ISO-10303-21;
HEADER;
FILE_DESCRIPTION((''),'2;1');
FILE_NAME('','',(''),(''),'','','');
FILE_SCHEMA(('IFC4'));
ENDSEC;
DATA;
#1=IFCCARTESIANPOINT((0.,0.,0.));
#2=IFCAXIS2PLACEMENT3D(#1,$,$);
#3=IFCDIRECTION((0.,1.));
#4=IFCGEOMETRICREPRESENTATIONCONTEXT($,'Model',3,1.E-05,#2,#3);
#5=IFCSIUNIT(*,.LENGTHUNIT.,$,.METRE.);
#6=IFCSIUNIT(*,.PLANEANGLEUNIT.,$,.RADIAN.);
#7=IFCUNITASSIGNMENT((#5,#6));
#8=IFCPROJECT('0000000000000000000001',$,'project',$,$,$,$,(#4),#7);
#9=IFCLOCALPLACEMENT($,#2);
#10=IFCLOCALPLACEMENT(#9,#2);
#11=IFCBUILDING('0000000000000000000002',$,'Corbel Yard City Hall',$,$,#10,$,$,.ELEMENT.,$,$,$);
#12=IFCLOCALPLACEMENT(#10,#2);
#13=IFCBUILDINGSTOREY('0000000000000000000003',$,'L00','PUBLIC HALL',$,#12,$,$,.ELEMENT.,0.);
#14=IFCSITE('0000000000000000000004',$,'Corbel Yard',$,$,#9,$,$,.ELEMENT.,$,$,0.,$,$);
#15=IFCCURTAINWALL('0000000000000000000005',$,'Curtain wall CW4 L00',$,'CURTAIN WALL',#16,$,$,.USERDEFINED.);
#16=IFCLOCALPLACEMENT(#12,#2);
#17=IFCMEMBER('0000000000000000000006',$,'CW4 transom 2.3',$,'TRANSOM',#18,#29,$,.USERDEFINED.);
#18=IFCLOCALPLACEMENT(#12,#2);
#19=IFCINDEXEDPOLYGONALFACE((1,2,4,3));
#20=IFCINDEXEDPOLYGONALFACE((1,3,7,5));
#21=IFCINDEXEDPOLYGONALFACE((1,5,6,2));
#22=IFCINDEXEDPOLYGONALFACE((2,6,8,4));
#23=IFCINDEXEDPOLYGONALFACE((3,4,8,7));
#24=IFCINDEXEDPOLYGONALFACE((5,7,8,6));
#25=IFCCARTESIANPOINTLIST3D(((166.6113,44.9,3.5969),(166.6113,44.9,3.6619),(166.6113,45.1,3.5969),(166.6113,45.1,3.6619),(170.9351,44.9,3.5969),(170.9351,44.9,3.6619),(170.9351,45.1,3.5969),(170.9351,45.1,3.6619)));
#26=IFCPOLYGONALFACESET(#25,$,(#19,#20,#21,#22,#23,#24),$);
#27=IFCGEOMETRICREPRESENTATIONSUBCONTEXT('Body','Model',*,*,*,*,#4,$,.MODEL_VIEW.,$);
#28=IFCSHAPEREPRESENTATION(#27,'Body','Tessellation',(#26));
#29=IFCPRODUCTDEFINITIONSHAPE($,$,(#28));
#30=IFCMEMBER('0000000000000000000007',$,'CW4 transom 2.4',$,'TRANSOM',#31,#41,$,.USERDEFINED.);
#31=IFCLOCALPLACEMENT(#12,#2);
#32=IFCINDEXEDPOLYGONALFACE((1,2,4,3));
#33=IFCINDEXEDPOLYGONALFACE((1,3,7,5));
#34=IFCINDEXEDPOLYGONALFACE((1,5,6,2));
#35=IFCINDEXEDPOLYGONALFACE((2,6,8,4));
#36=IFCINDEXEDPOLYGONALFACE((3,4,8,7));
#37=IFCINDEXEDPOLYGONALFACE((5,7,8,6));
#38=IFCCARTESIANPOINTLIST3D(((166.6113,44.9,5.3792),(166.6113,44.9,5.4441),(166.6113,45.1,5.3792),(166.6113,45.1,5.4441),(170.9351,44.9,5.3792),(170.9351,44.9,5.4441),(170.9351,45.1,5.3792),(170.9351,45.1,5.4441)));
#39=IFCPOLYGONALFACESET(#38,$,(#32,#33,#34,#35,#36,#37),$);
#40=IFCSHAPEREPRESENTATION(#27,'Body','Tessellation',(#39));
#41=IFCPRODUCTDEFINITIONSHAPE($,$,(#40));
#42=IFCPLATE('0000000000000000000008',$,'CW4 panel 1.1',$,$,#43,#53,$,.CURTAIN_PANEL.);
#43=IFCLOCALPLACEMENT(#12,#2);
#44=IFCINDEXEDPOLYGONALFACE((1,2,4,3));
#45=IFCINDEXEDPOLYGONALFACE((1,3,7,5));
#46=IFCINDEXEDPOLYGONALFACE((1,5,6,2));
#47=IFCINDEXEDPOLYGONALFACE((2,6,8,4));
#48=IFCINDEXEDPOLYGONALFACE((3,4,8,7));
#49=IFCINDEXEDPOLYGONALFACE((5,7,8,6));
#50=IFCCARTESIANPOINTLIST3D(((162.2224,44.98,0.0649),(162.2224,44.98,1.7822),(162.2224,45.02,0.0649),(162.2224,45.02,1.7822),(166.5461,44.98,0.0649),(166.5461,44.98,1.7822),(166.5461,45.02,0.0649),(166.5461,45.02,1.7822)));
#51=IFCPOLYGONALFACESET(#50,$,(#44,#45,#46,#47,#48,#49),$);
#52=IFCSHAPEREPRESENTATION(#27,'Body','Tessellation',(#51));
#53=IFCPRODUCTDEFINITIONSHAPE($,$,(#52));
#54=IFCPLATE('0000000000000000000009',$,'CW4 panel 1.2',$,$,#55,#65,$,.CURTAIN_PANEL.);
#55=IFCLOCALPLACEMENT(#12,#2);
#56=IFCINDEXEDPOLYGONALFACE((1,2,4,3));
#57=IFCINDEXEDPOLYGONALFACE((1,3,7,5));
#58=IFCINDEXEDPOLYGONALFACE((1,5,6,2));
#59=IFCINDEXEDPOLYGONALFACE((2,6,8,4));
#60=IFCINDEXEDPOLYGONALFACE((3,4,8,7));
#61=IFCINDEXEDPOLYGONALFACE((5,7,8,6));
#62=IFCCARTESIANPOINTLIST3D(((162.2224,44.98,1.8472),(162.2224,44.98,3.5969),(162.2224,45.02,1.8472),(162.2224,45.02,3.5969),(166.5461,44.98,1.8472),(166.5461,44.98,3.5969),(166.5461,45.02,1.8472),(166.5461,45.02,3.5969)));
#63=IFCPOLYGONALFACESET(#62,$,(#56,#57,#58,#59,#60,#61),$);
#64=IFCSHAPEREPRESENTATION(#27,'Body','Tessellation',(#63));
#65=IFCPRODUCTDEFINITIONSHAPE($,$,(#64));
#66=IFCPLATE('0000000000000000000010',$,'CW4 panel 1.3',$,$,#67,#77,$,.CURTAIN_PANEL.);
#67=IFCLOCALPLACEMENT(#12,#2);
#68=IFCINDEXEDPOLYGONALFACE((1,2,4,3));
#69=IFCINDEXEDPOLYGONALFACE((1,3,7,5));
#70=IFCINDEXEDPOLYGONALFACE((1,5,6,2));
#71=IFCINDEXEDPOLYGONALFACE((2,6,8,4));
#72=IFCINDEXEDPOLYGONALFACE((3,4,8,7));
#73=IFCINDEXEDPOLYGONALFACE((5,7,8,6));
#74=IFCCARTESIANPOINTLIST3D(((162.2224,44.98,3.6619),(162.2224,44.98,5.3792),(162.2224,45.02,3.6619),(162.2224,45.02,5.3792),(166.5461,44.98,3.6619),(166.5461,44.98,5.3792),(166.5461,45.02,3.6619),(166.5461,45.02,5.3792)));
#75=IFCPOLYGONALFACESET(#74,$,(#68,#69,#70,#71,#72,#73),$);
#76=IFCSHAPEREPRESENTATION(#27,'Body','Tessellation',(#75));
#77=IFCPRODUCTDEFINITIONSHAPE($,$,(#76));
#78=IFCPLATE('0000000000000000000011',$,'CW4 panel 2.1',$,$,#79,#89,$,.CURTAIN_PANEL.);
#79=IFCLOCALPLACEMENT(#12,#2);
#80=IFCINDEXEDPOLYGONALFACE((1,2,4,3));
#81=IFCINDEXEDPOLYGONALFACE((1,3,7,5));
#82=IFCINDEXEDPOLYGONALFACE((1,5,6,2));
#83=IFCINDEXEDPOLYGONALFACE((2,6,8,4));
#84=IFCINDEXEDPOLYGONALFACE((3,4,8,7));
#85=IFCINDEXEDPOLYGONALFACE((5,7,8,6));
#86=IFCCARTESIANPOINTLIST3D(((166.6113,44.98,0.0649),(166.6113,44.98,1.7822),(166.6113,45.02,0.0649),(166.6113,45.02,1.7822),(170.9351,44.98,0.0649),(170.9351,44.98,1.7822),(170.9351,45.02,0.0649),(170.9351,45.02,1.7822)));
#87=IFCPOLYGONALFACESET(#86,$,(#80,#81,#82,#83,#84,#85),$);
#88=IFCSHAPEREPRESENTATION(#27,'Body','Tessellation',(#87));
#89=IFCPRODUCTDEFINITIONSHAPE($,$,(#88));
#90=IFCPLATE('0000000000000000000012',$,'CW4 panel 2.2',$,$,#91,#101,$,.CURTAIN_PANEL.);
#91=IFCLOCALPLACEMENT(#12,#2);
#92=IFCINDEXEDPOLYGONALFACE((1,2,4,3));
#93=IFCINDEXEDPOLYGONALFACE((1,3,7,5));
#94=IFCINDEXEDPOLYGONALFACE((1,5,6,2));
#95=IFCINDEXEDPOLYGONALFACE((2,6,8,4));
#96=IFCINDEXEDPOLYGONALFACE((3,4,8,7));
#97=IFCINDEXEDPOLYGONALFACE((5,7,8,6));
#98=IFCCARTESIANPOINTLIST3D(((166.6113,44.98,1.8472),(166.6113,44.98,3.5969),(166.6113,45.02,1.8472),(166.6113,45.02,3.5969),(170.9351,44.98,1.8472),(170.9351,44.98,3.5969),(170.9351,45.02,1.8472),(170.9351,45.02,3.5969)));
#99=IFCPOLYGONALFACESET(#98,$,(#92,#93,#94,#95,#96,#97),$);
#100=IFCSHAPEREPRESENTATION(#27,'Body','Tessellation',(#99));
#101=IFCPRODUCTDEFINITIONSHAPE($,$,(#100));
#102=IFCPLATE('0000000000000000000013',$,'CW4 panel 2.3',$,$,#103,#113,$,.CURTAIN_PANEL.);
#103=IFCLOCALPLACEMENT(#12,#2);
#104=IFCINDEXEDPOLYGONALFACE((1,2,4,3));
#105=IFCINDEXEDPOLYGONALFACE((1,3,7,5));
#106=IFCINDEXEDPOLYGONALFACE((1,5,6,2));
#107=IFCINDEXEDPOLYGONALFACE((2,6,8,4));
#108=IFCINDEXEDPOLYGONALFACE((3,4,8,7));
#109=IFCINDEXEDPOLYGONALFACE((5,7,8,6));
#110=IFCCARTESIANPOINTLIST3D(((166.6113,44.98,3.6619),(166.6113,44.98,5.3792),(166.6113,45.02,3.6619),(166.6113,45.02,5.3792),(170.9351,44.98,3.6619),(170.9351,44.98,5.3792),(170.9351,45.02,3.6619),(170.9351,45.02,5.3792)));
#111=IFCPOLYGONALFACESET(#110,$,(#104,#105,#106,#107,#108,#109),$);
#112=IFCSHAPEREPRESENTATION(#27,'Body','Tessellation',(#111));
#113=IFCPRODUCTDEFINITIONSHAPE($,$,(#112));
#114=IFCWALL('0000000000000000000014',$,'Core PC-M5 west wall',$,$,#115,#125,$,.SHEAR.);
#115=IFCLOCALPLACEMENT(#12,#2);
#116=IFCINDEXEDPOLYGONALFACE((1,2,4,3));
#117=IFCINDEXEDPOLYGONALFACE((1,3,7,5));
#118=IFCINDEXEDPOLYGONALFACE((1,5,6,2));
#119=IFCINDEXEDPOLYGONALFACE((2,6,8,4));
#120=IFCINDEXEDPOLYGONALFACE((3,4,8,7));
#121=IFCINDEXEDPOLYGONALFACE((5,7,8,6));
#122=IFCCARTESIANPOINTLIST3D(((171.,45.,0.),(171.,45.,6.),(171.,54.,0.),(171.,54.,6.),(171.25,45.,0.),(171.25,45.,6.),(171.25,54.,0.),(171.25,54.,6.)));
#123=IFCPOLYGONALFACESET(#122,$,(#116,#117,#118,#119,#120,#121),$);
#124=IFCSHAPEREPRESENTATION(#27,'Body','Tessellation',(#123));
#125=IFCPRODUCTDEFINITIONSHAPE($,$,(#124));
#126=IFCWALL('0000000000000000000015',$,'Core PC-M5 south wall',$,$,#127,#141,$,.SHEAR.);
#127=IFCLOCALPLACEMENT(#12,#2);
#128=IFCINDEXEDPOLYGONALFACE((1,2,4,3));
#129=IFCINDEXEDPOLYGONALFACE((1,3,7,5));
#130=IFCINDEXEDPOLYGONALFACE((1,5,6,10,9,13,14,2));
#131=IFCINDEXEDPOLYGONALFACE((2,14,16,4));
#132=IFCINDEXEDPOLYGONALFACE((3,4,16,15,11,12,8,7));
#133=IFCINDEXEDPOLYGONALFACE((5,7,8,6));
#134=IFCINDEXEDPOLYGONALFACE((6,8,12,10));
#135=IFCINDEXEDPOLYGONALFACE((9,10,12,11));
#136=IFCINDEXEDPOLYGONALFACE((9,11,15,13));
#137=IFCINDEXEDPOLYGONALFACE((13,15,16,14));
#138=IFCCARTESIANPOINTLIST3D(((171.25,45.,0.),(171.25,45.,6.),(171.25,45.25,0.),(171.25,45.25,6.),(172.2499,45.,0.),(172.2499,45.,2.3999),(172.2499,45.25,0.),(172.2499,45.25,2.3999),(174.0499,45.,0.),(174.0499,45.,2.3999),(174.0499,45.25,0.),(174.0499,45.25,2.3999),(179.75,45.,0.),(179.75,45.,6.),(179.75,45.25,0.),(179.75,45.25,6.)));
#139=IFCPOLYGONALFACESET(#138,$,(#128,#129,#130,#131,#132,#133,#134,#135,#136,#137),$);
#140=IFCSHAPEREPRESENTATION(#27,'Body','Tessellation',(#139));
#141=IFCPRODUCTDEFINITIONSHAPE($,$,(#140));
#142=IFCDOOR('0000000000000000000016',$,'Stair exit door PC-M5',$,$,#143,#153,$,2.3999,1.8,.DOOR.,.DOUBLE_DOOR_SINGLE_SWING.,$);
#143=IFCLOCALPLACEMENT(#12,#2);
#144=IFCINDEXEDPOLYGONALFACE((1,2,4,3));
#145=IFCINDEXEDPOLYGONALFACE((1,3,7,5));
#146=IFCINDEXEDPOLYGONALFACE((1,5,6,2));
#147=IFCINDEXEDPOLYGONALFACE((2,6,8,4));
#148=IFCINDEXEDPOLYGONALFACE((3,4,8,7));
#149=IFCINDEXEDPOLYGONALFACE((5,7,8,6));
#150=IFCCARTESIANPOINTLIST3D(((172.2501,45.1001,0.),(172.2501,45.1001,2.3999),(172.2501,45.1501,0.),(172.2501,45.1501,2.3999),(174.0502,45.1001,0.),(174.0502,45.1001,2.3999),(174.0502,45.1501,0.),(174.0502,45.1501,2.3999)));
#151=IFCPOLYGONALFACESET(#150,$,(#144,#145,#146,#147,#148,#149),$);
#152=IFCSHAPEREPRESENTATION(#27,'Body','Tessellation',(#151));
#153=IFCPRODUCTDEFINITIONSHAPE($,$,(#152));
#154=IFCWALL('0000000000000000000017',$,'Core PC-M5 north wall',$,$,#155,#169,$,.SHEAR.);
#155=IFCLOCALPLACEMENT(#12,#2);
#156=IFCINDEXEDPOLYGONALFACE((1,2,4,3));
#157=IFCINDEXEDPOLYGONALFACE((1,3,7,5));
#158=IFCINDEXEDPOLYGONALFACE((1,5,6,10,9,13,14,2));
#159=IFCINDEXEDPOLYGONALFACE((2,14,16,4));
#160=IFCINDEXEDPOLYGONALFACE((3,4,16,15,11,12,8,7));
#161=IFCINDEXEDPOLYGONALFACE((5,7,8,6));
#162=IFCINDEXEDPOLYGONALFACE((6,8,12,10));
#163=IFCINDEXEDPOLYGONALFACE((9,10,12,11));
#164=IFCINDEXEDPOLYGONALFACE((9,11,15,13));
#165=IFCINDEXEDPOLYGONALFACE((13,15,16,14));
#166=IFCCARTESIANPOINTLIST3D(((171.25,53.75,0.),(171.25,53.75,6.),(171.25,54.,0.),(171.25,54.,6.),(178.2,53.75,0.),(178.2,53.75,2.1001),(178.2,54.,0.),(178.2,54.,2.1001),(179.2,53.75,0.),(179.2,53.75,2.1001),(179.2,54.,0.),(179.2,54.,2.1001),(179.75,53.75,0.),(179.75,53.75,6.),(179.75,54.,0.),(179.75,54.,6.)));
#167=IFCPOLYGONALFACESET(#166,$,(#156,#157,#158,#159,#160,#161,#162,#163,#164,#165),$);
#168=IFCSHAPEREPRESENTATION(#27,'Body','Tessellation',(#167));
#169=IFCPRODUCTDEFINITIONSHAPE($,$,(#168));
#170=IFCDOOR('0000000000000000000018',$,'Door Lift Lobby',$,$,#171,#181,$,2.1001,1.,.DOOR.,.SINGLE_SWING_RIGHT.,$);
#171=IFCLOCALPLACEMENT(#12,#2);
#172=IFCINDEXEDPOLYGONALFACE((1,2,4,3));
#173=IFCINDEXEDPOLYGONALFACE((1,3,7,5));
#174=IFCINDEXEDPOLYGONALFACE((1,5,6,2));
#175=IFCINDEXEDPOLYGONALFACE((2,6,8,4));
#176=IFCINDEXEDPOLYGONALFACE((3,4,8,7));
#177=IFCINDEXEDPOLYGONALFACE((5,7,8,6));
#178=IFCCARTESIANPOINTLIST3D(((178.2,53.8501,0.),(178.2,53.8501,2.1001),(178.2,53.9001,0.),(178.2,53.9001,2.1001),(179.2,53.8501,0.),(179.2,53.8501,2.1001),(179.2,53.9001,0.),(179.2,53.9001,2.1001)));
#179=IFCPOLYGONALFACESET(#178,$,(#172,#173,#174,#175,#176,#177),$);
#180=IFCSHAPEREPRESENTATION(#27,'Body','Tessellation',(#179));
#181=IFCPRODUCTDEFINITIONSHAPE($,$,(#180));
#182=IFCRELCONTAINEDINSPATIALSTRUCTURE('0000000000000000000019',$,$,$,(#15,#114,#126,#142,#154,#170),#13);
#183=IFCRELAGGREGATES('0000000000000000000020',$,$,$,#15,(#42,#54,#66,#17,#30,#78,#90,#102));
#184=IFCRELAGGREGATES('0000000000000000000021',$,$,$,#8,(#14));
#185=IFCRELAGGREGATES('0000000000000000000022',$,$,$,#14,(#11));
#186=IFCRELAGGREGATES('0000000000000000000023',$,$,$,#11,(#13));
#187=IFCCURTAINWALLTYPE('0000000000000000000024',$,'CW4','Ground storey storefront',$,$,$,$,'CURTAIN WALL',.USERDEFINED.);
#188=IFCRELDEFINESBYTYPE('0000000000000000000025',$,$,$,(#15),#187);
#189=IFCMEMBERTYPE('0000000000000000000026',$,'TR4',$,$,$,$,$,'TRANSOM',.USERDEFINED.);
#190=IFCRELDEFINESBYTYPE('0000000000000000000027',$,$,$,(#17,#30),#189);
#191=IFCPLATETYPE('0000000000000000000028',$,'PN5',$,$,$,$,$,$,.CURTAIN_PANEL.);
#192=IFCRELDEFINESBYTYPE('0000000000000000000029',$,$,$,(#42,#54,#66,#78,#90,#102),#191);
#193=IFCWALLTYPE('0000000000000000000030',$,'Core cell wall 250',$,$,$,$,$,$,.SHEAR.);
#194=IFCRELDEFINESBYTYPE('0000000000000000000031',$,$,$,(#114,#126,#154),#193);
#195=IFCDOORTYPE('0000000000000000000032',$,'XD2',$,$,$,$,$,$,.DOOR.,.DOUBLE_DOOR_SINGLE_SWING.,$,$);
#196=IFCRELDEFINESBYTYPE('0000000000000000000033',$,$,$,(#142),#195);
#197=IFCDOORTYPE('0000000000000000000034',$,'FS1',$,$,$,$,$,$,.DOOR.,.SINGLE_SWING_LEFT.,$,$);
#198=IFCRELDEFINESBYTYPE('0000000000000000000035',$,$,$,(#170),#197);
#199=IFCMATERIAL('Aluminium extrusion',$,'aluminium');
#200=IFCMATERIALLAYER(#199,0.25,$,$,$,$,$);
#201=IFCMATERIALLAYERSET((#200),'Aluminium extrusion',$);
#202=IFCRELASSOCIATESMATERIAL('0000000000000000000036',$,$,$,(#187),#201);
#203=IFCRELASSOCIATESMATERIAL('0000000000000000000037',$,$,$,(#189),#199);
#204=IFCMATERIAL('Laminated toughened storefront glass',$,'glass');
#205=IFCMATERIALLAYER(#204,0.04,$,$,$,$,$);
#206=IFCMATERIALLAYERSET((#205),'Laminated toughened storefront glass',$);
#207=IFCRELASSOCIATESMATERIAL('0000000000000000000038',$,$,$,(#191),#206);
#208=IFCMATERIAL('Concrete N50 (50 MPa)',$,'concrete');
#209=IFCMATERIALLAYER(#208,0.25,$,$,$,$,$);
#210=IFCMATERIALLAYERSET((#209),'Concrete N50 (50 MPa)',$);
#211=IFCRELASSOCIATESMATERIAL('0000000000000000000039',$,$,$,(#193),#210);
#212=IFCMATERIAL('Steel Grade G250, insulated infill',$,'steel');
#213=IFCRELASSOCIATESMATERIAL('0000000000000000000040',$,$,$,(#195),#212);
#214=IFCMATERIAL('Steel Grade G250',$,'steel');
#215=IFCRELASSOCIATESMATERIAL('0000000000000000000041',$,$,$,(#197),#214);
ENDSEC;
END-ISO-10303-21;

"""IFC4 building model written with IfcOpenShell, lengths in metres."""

from ifc_helpers import new_model, si_unit, direction, frame, frame_2d, origin, origin_2d, place, context, subcontext, project, spatial, rectangle, extrude, material, layer, layer_set, material_profile, profile_set, type_object, element, fill, aggregate, save


model = new_model("IFC4")

# Units and contexts
model_context = context("Model", 3, precision=1e-05, world=origin(), true_north=direction((0.0, 1.0)))
body_context = subcontext(model_context, "Body", "Model", "MODEL_VIEW")
ifc_project = project(units=[si_unit("LENGTHUNIT", "METRE"), si_unit("PLANEANGLEUNIT", "RADIAN")], contexts=[model_context])

# Site, building, storey
site_placement = place(None, origin())
site = spatial("IfcSite", under=ifc_project, at=site_placement, Name="Corbel Yard", CompositionType="ELEMENT", RefElevation=0.0)
building_placement = place(site_placement, origin())
building = spatial("IfcBuilding", under=site, at=building_placement, Name="Corbel Yard City Hall", CompositionType="ELEMENT")
storey_placement = place(building_placement, origin())
storey = spatial("IfcBuildingStorey", under=building, at=storey_placement, Name="L00", Description="PUBLIC HALL", CompositionType="ELEMENT", Elevation=0.0)

# Curtain wall, members, plates
ifc_material_1 = material(Name="Aluminium extrusion", Category="aluminium")
ifc_layer_1 = layer(ifc_material_1, 0.25)
ifc_layer_set_1 = layer_set([ifc_layer_1], Name="Aluminium extrusion")
curtain_wall_type = type_object("IfcCurtainWallType", Name="CW4", Description="Ground storey storefront", ElementType="CURTAIN WALL", PredefinedType="USERDEFINED", material=ifc_layer_set_1)
curtain_wall_placement = place(storey_placement, origin())
curtain_wall = element("IfcCurtainWall", 1, at=curtain_wall_placement, inside=storey, type_object=curtain_wall_type, Name="Curtain wall CW4 L00", ObjectType="CURTAIN WALL", PredefinedType="USERDEFINED")
ifc_material_profile_1 = material_profile(ifc_material_1, rectangle(XDim=0.2, YDim=0.0649, at=origin_2d()), Name="200x65")
ifc_profile_set_1 = profile_set([ifc_material_profile_1], Name="Aluminium extrusion")
member_type_1 = type_object("IfcMemberType", Name="TR4", ElementType="TRANSOM", PredefinedType="USERDEFINED", material=ifc_profile_set_1)
member_1_placement = place(storey_placement, frame((166.6113, 45.0, 3.6294), z_axis=(1.0, 0.0, 0.0), x_axis=(0.0, 1.0, 0.0)))
member_1 = element("IfcMember", 2, at=member_1_placement, type_object=member_type_1, Name="CW4 transom 2.3", ObjectType="TRANSOM", PredefinedType="USERDEFINED", context=body_context, shape_type="SweptSolid", body=[
    extrude(rectangle(XDim=0.2, YDim=0.0649, at=origin_2d()), origin(), (0.0, 0.0, 1.0), 4.3237),
])
member_2_placement = place(storey_placement, frame((166.6113, 45.0, 5.4116), z_axis=(1.0, 0.0, 0.0), x_axis=(0.0, 1.0, 0.0)))
member_2 = element("IfcMember", 3, at=member_2_placement, type_object=member_type_1, Name="CW4 transom 2.4", ObjectType="TRANSOM", PredefinedType="USERDEFINED", context=body_context, shape_type="SweptSolid", body=[
    extrude(rectangle(XDim=0.2, YDim=0.0649, at=origin_2d()), origin(), (0.0, 0.0, 1.0), 4.3237),
])
ifc_material_2 = material(Name="Laminated toughened storefront glass", Category="glass")
ifc_layer_2 = layer(ifc_material_2, 0.04)
ifc_layer_set_2 = layer_set([ifc_layer_2], Name="Laminated toughened storefront glass")
plate_type = type_object("IfcPlateType", Name="PN5", PredefinedType="CURTAIN_PANEL", material=ifc_layer_set_2)
plate_1_placement = place(storey_placement, frame((164.3843, 45.0, 0.0649), z_axis=(0.0, 0.0, 1.0), x_axis=(1.0, 0.0, 0.0)))
plate_1 = element("IfcPlate", 4, at=plate_1_placement, type_object=plate_type, Name="CW4 panel 1.1", PredefinedType="CURTAIN_PANEL", context=body_context, shape_type="SweptSolid", body=[
    extrude(rectangle(XDim=4.3237, YDim=0.04, at=origin_2d()), origin(), (0.0, 0.0, 1.0), 1.7173),
])
plate_2_placement = place(storey_placement, frame((164.3843, 45.0, 1.8472), z_axis=(0.0, 0.0, 1.0), x_axis=(1.0, 0.0, 0.0)))
plate_2 = element("IfcPlate", 5, at=plate_2_placement, type_object=plate_type, Name="CW4 panel 1.2", PredefinedType="CURTAIN_PANEL", context=body_context, shape_type="SweptSolid", body=[
    extrude(rectangle(XDim=4.3237, YDim=0.04, at=origin_2d()), origin(), (0.0, 0.0, 1.0), 1.7498),
])
plate_3_placement = place(storey_placement, frame((164.3843, 45.0, 3.6619), z_axis=(0.0, 0.0, 1.0), x_axis=(1.0, 0.0, 0.0)))
plate_3 = element("IfcPlate", 6, at=plate_3_placement, type_object=plate_type, Name="CW4 panel 1.3", PredefinedType="CURTAIN_PANEL", context=body_context, shape_type="SweptSolid", body=[
    extrude(rectangle(XDim=4.3237, YDim=0.04, at=origin_2d()), origin(), (0.0, 0.0, 1.0), 1.7173),
])
plate_4_placement = place(storey_placement, frame((168.7732, 45.0, 0.0649), z_axis=(0.0, 0.0, 1.0), x_axis=(1.0, 0.0, 0.0)))
plate_4 = element("IfcPlate", 7, at=plate_4_placement, type_object=plate_type, Name="CW4 panel 2.1", PredefinedType="CURTAIN_PANEL", context=body_context, shape_type="SweptSolid", body=[
    extrude(rectangle(XDim=4.3237, YDim=0.04, at=origin_2d()), origin(), (0.0, 0.0, 1.0), 1.7173),
])
plate_5_placement = place(storey_placement, frame((168.7732, 45.0, 1.8472), z_axis=(0.0, 0.0, 1.0), x_axis=(1.0, 0.0, 0.0)))
plate_5 = element("IfcPlate", 8, at=plate_5_placement, type_object=plate_type, Name="CW4 panel 2.2", PredefinedType="CURTAIN_PANEL", context=body_context, shape_type="SweptSolid", body=[
    extrude(rectangle(XDim=4.3237, YDim=0.04, at=origin_2d()), origin(), (0.0, 0.0, 1.0), 1.7498),
])
plate_6_placement = place(storey_placement, frame((168.7732, 45.0, 3.6619), z_axis=(0.0, 0.0, 1.0), x_axis=(1.0, 0.0, 0.0)))
plate_6 = element("IfcPlate", 9, at=plate_6_placement, type_object=plate_type, Name="CW4 panel 2.3", PredefinedType="CURTAIN_PANEL", context=body_context, shape_type="SweptSolid", body=[
    extrude(rectangle(XDim=4.3237, YDim=0.04, at=origin_2d()), origin(), (0.0, 0.0, 1.0), 1.7173),
])
aggregate(curtain_wall, [plate_1, plate_2, plate_3, member_1, member_2, plate_4, plate_5, plate_6])

# Wall
ifc_material_3 = material(Name="Concrete N50 (50 MPa)", Category="concrete")
ifc_layer_3 = layer(ifc_material_3, 0.25)
ifc_layer_set_3 = layer_set([ifc_layer_3], Name="Concrete N50 (50 MPa)")
wall_type = type_object("IfcWallType", Name="Core cell wall 250", PredefinedType="SHEAR", material=ifc_layer_set_3)
wall_1_placement = place(storey_placement, frame((171.125, 45.0, 0.0), z_axis=(0.0, 0.0, 1.0), x_axis=(0.0, 1.0, 0.0)))
element("IfcWall", 10, at=wall_1_placement, inside=storey, type_object=wall_type, Name="Core PC-M5 west wall", PredefinedType="SHEAR", context=body_context, shape_type="SweptSolid", body=[
    extrude(rectangle(XDim=9.0, YDim=0.25, at=frame_2d((4.5, 0.0))), origin(), (0.0, 0.0, 1.0), 6.0),
])

# Walls, openings, doors
wall_2_placement = place(storey_placement, frame((171.25, 45.125, 0.0), z_axis=(0.0, 0.0, 1.0), x_axis=(1.0, 0.0, 0.0)))
wall_2 = element("IfcWall", 11, at=wall_2_placement, inside=storey, type_object=wall_type, Name="Core PC-M5 south wall", PredefinedType="SHEAR", context=body_context, shape_type="SweptSolid", body=[
    extrude(rectangle(XDim=8.5, YDim=0.25, at=frame_2d((4.25, 0.0))), origin(), (0.0, 0.0, 1.0), 6.0),
])
opening_1_placement = place(wall_2_placement, frame((1.0, 0.0, 0.0)))
opening_1 = element("IfcOpeningElement", 12, at=opening_1_placement, cuts=wall_2, PredefinedType="OPENING", context=body_context, shape_type="SweptSolid", body=[
    extrude(rectangle(XDim=1.8, YDim=2.3999, at=frame_2d((0.8999, 1.2))), frame((0.0, 0.135, 0.0), z_axis=(0.0, -1.0, 0.0), x_axis=(1.0, 0.0, 0.0)), (0.0, 0.0, 1.0), 0.27),
])
ifc_material_4 = material(Name="Steel Grade G250, insulated infill", Category="steel")
door_type_1 = type_object("IfcDoorType", Name="XD2", OperationType="DOUBLE_DOOR_SINGLE_SWING", PredefinedType="DOOR", material=ifc_material_4)
door_1_placement = place(opening_1_placement, frame((1.8, 0.0, 0.0), z_axis=(0.0, 0.0, 1.0), x_axis=(-1.0, 0.0, 0.0)))
door_1 = element("IfcDoor", 13, at=door_1_placement, inside=storey, type_object=door_type_1, Name="Stair exit door PC-M5", OperationType="DOUBLE_DOOR_SINGLE_SWING", OverallHeight=2.3999, OverallWidth=1.8, PredefinedType="DOOR", context=body_context, shape_type="SweptSolid", body=[
    extrude(rectangle(XDim=1.8, YDim=2.3999, at=frame_2d((0.8999, 1.2))), frame((0.0, 0.0249, 0.0), z_axis=(0.0, -1.0, 0.0), x_axis=(1.0, 0.0, 0.0)), (0.0, 0.0, 1.0), 0.05),
])
fill(opening_1, door_1)
wall_3_placement = place(storey_placement, frame((171.25, 53.875, 0.0), z_axis=(0.0, 0.0, 1.0), x_axis=(1.0, 0.0, 0.0)))
wall_3 = element("IfcWall", 14, at=wall_3_placement, inside=storey, type_object=wall_type, Name="Core PC-M5 north wall", PredefinedType="SHEAR", context=body_context, shape_type="SweptSolid", body=[
    extrude(rectangle(XDim=8.5, YDim=0.25, at=frame_2d((4.25, 0.0))), origin(), (0.0, 0.0, 1.0), 6.0),
])
opening_2_placement = place(wall_3_placement, frame((6.95, 0.0, 0.0)))
opening_2 = element("IfcOpeningElement", 15, at=opening_2_placement, cuts=wall_3, PredefinedType="OPENING", context=body_context, shape_type="SweptSolid", body=[
    extrude(rectangle(XDim=1.0, YDim=2.1001, at=frame_2d((0.5, 1.05))), frame((0.0, 0.135, 0.0), z_axis=(0.0, -1.0, 0.0), x_axis=(1.0, 0.0, 0.0)), (0.0, 0.0, 1.0), 0.27),
])
ifc_material_5 = material(Name="Steel Grade G250", Category="steel")
door_type_2 = type_object("IfcDoorType", Name="FS1", OperationType="SINGLE_SWING_LEFT", PredefinedType="DOOR", material=ifc_material_5)
door_2_placement = place(opening_2_placement, frame((1.0, 0.0, 0.0), z_axis=(0.0, 0.0, 1.0), x_axis=(-1.0, 0.0, 0.0)))
door_2 = element("IfcDoor", 16, at=door_2_placement, inside=storey, type_object=door_type_2, Name="Door Lift Lobby", OperationType="SINGLE_SWING_RIGHT", OverallHeight=2.1001, OverallWidth=1.0, PredefinedType="DOOR", context=body_context, shape_type="SweptSolid", body=[
    extrude(rectangle(XDim=1.0, YDim=2.1001, at=frame_2d((0.5, 1.05))), frame((0.0, 0.0249, 0.0), z_axis=(0.0, -1.0, 0.0), x_axis=(1.0, 0.0, 0.0)), (0.0, 0.0, 1.0), 0.05),
])
fill(opening_2, door_2)

save(model, "model.ifc")
